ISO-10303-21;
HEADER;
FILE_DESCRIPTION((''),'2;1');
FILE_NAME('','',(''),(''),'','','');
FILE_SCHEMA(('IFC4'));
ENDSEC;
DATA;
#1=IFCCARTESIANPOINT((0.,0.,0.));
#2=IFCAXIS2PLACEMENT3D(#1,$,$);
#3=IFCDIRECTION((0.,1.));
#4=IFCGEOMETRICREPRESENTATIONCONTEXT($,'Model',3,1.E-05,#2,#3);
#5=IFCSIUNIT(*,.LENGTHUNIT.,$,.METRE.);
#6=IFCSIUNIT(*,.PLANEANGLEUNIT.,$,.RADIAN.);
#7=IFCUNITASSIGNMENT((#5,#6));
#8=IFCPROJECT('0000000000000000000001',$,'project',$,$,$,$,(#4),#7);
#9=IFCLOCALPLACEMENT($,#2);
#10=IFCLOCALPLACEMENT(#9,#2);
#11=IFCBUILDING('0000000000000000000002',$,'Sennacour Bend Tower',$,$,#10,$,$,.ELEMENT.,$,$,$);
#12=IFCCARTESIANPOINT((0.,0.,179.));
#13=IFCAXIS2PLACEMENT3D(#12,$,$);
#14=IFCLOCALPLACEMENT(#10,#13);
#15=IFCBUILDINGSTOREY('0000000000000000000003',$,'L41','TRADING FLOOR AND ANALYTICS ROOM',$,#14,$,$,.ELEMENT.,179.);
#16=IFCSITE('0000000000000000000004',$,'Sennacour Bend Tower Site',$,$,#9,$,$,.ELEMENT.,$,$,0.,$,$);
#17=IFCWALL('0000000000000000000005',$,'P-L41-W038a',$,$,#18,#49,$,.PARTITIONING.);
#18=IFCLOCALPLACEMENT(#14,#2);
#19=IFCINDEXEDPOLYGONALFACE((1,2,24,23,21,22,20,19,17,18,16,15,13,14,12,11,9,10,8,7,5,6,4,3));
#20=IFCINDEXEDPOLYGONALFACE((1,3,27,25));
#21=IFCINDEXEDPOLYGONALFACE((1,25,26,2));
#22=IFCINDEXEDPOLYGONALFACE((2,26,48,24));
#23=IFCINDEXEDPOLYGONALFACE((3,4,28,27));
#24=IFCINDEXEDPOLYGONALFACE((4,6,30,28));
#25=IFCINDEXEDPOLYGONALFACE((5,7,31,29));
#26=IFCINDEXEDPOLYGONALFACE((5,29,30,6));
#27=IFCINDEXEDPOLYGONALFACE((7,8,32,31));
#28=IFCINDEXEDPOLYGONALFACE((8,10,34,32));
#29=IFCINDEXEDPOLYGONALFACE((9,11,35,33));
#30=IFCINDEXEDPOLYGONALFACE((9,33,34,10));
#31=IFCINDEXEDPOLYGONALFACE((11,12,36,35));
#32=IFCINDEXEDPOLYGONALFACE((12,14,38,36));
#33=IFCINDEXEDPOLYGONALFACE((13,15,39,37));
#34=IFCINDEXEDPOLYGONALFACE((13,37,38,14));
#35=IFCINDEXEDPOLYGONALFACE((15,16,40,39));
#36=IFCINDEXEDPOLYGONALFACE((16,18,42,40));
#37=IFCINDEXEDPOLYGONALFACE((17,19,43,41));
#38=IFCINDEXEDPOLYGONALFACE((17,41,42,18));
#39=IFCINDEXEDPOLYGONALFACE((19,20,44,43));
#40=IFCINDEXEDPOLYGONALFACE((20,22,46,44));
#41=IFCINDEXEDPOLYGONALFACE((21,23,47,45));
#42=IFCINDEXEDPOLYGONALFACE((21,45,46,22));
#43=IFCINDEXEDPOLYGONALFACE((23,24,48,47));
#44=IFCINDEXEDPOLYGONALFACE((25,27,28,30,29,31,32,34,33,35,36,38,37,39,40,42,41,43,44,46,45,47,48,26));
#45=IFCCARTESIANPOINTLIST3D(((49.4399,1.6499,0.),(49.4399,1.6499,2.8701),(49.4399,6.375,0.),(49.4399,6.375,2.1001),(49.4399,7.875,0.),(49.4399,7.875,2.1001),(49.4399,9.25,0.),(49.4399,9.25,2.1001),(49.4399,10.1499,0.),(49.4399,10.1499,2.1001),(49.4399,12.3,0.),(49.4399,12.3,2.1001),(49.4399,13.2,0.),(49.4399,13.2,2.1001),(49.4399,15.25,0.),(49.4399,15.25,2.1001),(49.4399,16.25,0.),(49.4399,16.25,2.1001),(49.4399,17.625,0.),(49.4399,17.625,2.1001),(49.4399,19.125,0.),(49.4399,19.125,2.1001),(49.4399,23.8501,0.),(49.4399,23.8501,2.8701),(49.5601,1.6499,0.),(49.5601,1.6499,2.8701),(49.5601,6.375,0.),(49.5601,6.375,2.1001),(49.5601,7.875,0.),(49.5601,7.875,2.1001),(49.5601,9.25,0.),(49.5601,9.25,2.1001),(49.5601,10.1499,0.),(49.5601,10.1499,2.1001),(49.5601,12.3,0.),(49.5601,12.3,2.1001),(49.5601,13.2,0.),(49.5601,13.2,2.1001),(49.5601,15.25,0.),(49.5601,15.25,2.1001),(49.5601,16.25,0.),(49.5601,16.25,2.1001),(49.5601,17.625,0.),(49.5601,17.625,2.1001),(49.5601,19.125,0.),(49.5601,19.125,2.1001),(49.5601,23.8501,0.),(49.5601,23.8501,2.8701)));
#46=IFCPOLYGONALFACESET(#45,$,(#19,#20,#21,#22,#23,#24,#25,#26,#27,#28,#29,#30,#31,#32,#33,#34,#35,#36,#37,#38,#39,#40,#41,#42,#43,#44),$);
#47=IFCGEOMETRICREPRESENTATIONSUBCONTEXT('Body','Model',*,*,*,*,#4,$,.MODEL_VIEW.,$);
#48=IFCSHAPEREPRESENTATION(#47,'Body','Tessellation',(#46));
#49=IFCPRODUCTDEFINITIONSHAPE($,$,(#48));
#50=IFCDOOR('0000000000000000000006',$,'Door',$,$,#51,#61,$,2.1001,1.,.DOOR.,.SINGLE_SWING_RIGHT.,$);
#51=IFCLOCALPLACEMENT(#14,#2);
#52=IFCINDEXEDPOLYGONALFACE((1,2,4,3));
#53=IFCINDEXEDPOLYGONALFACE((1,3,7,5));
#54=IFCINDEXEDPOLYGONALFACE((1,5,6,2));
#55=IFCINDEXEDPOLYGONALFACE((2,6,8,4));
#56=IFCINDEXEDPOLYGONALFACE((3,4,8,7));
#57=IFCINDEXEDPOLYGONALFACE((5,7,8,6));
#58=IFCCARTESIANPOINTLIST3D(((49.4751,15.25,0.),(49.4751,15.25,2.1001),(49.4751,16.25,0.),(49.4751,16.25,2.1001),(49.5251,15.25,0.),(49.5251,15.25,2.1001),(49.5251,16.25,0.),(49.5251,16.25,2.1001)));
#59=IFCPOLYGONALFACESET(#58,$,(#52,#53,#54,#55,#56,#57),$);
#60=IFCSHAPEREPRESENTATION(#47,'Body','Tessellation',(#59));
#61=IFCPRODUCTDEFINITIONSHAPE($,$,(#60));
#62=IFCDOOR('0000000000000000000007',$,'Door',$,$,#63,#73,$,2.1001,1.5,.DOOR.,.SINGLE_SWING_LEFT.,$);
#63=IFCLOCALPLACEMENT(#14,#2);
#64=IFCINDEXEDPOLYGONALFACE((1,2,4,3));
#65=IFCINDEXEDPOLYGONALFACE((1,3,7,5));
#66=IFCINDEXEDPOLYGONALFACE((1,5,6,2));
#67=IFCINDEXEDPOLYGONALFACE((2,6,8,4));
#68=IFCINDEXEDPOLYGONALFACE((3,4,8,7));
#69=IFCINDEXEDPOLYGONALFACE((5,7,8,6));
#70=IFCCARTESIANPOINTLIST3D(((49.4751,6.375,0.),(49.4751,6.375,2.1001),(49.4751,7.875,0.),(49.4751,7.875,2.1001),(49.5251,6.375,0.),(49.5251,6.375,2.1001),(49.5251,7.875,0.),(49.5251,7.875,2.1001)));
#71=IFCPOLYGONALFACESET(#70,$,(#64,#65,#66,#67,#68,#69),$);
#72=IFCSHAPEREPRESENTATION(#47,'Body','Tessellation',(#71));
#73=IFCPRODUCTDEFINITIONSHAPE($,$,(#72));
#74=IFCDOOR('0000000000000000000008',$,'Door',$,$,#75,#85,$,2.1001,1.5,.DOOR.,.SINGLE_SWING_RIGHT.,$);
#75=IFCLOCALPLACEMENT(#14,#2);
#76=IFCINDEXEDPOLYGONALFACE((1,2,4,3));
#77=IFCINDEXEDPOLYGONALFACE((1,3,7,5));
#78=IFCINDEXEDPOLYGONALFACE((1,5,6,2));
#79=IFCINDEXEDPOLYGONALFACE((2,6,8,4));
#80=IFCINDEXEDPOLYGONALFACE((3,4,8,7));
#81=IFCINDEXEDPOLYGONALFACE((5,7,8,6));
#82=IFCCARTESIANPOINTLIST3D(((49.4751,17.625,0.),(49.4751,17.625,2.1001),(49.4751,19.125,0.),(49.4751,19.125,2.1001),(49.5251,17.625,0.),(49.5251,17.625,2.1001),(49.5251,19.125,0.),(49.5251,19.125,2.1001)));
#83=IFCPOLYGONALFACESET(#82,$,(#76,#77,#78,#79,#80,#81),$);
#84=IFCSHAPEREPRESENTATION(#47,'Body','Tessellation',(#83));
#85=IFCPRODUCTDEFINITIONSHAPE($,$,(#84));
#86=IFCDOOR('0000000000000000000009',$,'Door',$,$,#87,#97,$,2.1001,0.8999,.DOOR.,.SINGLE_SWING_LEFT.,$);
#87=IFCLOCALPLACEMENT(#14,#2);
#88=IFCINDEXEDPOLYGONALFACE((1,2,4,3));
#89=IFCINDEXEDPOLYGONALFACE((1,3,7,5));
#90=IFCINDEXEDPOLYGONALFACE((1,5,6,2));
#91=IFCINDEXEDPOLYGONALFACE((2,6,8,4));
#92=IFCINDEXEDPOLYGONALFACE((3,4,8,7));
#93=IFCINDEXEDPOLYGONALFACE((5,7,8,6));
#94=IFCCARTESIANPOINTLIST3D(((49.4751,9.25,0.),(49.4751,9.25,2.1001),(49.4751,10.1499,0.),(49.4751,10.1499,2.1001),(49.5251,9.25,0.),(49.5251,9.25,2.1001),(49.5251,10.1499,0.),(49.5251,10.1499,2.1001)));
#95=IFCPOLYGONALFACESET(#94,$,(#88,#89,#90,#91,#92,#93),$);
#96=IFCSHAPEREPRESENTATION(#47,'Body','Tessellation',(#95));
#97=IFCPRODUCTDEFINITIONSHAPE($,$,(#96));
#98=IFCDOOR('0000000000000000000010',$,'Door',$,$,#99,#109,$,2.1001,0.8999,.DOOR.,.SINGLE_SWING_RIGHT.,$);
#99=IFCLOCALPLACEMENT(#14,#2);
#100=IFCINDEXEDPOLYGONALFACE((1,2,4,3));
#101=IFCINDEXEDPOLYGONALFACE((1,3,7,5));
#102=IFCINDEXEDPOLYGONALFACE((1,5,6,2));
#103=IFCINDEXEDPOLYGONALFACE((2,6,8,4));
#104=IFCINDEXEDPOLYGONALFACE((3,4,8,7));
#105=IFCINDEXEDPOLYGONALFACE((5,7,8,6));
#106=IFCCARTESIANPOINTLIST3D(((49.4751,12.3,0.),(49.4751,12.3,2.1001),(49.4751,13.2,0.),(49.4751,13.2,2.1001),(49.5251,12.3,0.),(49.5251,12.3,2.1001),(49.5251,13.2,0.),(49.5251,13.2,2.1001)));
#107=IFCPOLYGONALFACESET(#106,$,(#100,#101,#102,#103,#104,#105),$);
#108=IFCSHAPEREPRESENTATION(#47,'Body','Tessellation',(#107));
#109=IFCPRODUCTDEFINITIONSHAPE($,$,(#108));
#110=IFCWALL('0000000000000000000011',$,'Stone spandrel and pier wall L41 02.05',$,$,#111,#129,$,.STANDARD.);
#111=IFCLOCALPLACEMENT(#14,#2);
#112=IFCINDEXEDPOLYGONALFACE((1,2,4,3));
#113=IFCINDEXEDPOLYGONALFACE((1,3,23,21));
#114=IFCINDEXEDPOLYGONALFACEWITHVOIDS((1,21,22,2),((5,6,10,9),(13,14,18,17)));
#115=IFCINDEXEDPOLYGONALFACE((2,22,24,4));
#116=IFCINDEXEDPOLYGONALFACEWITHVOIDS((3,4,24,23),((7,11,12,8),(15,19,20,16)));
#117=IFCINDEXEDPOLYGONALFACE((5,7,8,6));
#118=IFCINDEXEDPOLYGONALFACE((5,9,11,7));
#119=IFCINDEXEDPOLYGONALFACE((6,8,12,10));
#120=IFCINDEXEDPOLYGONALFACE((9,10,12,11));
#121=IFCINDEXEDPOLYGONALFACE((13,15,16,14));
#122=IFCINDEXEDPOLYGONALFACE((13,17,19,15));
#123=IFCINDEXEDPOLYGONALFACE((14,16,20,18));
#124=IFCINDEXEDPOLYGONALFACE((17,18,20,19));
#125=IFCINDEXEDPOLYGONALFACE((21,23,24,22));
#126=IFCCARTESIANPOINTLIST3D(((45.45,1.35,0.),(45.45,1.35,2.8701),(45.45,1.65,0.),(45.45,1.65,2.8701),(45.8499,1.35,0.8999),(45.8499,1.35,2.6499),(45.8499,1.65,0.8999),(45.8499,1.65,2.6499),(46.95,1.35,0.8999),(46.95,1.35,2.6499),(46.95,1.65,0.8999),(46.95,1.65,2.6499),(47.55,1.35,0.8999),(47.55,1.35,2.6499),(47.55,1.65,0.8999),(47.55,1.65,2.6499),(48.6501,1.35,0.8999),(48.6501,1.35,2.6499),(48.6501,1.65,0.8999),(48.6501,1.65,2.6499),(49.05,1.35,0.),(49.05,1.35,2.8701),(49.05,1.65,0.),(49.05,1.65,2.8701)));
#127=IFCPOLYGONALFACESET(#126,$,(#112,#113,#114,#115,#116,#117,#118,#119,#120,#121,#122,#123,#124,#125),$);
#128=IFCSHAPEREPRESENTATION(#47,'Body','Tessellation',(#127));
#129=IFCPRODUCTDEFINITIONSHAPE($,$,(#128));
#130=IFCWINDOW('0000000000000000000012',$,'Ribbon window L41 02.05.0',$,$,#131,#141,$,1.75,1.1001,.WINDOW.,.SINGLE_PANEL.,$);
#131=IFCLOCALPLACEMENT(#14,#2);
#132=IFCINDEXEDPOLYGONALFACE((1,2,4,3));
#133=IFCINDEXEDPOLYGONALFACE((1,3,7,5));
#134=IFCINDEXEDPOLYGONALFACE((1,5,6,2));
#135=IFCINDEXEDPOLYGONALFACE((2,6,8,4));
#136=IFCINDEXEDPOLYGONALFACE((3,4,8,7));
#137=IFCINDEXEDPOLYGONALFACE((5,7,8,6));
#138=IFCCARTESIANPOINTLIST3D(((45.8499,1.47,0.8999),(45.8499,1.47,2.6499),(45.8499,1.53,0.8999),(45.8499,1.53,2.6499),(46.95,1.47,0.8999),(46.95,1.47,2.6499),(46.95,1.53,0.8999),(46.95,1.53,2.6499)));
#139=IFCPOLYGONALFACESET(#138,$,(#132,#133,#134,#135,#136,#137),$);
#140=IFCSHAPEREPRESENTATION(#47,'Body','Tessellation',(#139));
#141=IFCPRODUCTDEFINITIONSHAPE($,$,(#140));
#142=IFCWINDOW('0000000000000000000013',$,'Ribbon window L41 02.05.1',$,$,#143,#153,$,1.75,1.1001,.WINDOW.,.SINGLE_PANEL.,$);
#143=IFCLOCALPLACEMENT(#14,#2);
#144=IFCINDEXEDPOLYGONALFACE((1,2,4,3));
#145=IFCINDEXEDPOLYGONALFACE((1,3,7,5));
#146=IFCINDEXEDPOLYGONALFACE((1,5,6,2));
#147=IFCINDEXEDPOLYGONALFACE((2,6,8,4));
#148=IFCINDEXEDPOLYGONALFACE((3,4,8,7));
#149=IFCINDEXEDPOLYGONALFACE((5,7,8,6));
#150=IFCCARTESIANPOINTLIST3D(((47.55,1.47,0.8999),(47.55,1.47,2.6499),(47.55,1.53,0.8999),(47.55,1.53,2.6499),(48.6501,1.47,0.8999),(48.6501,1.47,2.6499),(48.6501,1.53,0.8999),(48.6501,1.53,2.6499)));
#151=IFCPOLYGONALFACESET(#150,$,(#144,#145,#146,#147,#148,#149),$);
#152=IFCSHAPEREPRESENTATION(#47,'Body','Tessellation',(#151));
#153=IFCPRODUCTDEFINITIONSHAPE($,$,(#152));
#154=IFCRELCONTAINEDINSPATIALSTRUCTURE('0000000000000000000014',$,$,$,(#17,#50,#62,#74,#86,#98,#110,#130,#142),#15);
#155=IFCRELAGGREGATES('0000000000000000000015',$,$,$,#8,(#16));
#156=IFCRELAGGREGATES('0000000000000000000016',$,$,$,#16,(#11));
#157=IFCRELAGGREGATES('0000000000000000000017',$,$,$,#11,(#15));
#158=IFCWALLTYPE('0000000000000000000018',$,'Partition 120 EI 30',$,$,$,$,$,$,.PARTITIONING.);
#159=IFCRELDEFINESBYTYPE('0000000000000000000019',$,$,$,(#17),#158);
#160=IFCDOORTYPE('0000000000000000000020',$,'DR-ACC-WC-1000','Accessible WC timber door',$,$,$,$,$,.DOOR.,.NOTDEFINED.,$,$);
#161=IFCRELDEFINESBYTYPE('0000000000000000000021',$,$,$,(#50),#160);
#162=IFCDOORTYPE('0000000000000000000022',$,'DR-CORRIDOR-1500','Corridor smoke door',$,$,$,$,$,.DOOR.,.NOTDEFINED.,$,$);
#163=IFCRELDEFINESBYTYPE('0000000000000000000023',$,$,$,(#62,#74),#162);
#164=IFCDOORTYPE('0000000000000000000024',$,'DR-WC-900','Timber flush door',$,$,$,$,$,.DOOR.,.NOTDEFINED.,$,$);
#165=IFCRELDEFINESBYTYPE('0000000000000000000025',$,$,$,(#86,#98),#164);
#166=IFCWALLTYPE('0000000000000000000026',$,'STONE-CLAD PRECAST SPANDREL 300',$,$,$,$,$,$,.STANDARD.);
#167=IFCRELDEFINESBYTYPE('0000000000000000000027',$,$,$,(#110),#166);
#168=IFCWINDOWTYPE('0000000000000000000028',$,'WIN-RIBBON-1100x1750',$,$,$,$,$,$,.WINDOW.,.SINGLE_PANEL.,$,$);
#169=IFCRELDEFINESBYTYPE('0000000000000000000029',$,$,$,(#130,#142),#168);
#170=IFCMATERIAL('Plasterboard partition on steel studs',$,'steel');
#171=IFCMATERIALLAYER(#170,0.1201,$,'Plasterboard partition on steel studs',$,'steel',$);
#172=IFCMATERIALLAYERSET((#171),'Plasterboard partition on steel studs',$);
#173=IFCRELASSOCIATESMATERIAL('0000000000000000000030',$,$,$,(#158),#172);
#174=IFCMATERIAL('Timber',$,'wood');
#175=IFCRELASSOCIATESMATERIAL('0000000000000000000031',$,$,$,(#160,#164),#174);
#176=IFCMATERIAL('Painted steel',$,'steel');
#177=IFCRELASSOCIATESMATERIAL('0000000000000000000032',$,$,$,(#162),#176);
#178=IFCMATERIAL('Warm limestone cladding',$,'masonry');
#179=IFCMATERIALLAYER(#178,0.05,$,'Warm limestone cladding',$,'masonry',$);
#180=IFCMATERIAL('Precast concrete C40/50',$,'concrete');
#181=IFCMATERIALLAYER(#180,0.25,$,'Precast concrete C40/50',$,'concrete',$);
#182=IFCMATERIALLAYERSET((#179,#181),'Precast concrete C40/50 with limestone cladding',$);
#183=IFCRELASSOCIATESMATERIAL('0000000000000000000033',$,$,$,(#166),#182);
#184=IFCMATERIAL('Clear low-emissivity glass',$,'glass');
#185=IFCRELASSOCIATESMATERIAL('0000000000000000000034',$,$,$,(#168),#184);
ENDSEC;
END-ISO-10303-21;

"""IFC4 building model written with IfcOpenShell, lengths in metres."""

from ifc_helpers import new_model, si_unit, direction, frame, frame_2d, origin, place, context, subcontext, project, spatial, rectangle, extrude, material, layer, layer_set, type_object, element, fill, save


model = new_model("IFC4")

# Units and contexts
model_context = context("Model", 3, precision=1e-05, world=origin(), true_north=direction((0.0, 1.0)))
body_context = subcontext(model_context, "Body", "Model", "MODEL_VIEW")
ifc_project = project(units=[si_unit("LENGTHUNIT", "METRE"), si_unit("PLANEANGLEUNIT", "RADIAN")], contexts=[model_context])

# Site, building, storey
site_placement = place(None, origin())
site = spatial("IfcSite", under=ifc_project, at=site_placement, Name="Sennacour Bend Tower Site", CompositionType="ELEMENT", RefElevation=0.0)
building_placement = place(site_placement, origin())
building = spatial("IfcBuilding", under=site, at=building_placement, Name="Sennacour Bend Tower", CompositionType="ELEMENT")
storey_placement = place(building_placement, frame((0.0, 0.0, 179.0)))
storey = spatial("IfcBuildingStorey", under=building, at=storey_placement, Name="L41", Description="TRADING FLOOR AND ANALYTICS ROOM", CompositionType="ELEMENT", Elevation=179.0)

# Shared definitions
ifc_material_1 = material(Name="Plasterboard partition on steel studs", Category="steel")

# Wall, openings, doors
ifc_layer_1 = layer(ifc_material_1, 0.1201, Name="Plasterboard partition on steel studs", Category="steel")
ifc_layer_set_1 = layer_set([ifc_layer_1], Name="Plasterboard partition on steel studs")
wall_type_1 = type_object("IfcWallType", Name="Partition 120 EI 30", PredefinedType="PARTITIONING", material=ifc_layer_set_1)
wall_1_placement = place(storey_placement, frame((49.5, 1.6499, 0.0), z_axis=(0.0, 0.0, 1.0), x_axis=(0.0, 1.0, 0.0)))
wall_1 = element("IfcWall", 1, at=wall_1_placement, inside=storey, type_object=wall_type_1, Name="P-L41-W038a", PredefinedType="PARTITIONING", context=body_context, shape_type="SweptSolid", body=[
    extrude(rectangle(XDim=22.2002, YDim=0.1201, at=frame_2d((11.1001, 0.0))), origin(), (0.0, 0.0, 1.0), 2.8701),
])
opening_1_placement = place(wall_1_placement, frame((4.7251, 0.0, 0.0)))
opening_1 = element("IfcOpeningElement", 2, at=opening_1_placement, cuts=wall_1, PredefinedType="OPENING", context=body_context, shape_type="SweptSolid", body=[
    extrude(rectangle(XDim=1.5, YDim=2.1001, at=frame_2d((0.75, 1.05))), frame((0.0, 0.0701, 0.0), z_axis=(0.0, -1.0, 0.0), x_axis=(1.0, 0.0, 0.0)), (0.0, 0.0, 1.0), 0.1401),
])
opening_2_placement = place(wall_1_placement, frame((15.9751, 0.0, 0.0)))
opening_2 = element("IfcOpeningElement", 3, at=opening_2_placement, cuts=wall_1, PredefinedType="OPENING", context=body_context, shape_type="SweptSolid", body=[
    extrude(rectangle(XDim=1.5, YDim=2.1001, at=frame_2d((0.75, 1.05))), frame((0.0, 0.0701, 0.0), z_axis=(0.0, -1.0, 0.0), x_axis=(1.0, 0.0, 0.0)), (0.0, 0.0, 1.0), 0.1401),
])
opening_3_placement = place(wall_1_placement, frame((7.6001, 0.0, 0.0)))
opening_3 = element("IfcOpeningElement", 4, at=opening_3_placement, cuts=wall_1, PredefinedType="OPENING", context=body_context, shape_type="SweptSolid", body=[
    extrude(rectangle(XDim=0.8999, YDim=2.1001, at=frame_2d((0.45, 1.05))), frame((0.0, 0.0701, 0.0), z_axis=(0.0, -1.0, 0.0), x_axis=(1.0, 0.0, 0.0)), (0.0, 0.0, 1.0), 0.1401),
])
opening_4_placement = place(wall_1_placement, frame((10.6501, 0.0, 0.0)))
opening_4 = element("IfcOpeningElement", 5, at=opening_4_placement, cuts=wall_1, PredefinedType="OPENING", context=body_context, shape_type="SweptSolid", body=[
    extrude(rectangle(XDim=0.8999, YDim=2.1001, at=frame_2d((0.45, 1.05))), frame((0.0, 0.0701, 0.0), z_axis=(0.0, -1.0, 0.0), x_axis=(1.0, 0.0, 0.0)), (0.0, 0.0, 1.0), 0.1401),
])
opening_5_placement = place(wall_1_placement, frame((13.6001, 0.0, 0.0)))
opening_5 = element("IfcOpeningElement", 6, at=opening_5_placement, cuts=wall_1, PredefinedType="OPENING", context=body_context, shape_type="SweptSolid", body=[
    extrude(rectangle(XDim=1.0, YDim=2.1001, at=frame_2d((0.5, 1.05))), frame((0.0, 0.0701, 0.0), z_axis=(0.0, -1.0, 0.0), x_axis=(1.0, 0.0, 0.0)), (0.0, 0.0, 1.0), 0.1401),
])
ifc_material_2 = material(Name="Timber", Category="wood")
door_type_1 = type_object("IfcDoorType", Name="DR-ACC-WC-1000", Description="Accessible WC timber door", OperationType="NOTDEFINED", PredefinedType="DOOR", material=ifc_material_2)
door_1_placement = place(opening_5_placement, origin())
door_1 = element("IfcDoor", 7, at=door_1_placement, inside=storey, type_object=door_type_1, Name="Door", OperationType="SINGLE_SWING_RIGHT", OverallHeight=2.1001, OverallWidth=1.0, PredefinedType="DOOR", context=body_context, shape_type="SweptSolid", body=[
    extrude(rectangle(XDim=1.0, YDim=2.1001, at=frame_2d((0.5, 1.05))), frame((0.0, 0.0249, 0.0), z_axis=(0.0, -1.0, 0.0), x_axis=(1.0, 0.0, 0.0)), (0.0, 0.0, 1.0), 0.05),
])
fill(opening_5, door_1)
ifc_material_3 = material(Name="Painted steel", Category="steel")
door_type_2 = type_object("IfcDoorType", Name="DR-CORRIDOR-1500", Description="Corridor smoke door", OperationType="NOTDEFINED", PredefinedType="DOOR", material=ifc_material_3)
door_2_placement = place(opening_1_placement, origin())
door_2 = element("IfcDoor", 8, at=door_2_placement, inside=storey, type_object=door_type_2, Name="Door", OperationType="SINGLE_SWING_LEFT", OverallHeight=2.1001, OverallWidth=1.5, PredefinedType="DOOR", context=body_context, shape_type="SweptSolid", body=[
    extrude(rectangle(XDim=1.5, YDim=2.1001, at=frame_2d((0.75, 1.05))), frame((0.0, 0.0249, 0.0), z_axis=(0.0, -1.0, 0.0), x_axis=(1.0, 0.0, 0.0)), (0.0, 0.0, 1.0), 0.05),
])
fill(opening_1, door_2)
door_3_placement = place(opening_2_placement, origin())
door_3 = element("IfcDoor", 9, at=door_3_placement, inside=storey, type_object=door_type_2, Name="Door", OperationType="SINGLE_SWING_RIGHT", OverallHeight=2.1001, OverallWidth=1.5, PredefinedType="DOOR", context=body_context, shape_type="SweptSolid", body=[
    extrude(rectangle(XDim=1.5, YDim=2.1001, at=frame_2d((0.75, 1.05))), frame((0.0, 0.0249, 0.0), z_axis=(0.0, -1.0, 0.0), x_axis=(1.0, 0.0, 0.0)), (0.0, 0.0, 1.0), 0.05),
])
fill(opening_2, door_3)
door_type_3 = type_object("IfcDoorType", Name="DR-WC-900", Description="Timber flush door", OperationType="NOTDEFINED", PredefinedType="DOOR", material=ifc_material_2)
door_4_placement = place(opening_3_placement, origin())
door_4 = element("IfcDoor", 10, at=door_4_placement, inside=storey, type_object=door_type_3, Name="Door", OperationType="SINGLE_SWING_LEFT", OverallHeight=2.1001, OverallWidth=0.8999, PredefinedType="DOOR", context=body_context, shape_type="SweptSolid", body=[
    extrude(rectangle(XDim=0.8999, YDim=2.1001, at=frame_2d((0.45, 1.05))), frame((0.0, 0.0249, 0.0), z_axis=(0.0, -1.0, 0.0), x_axis=(1.0, 0.0, 0.0)), (0.0, 0.0, 1.0), 0.05),
])
fill(opening_3, door_4)
door_5_placement = place(opening_4_placement, origin())
door_5 = element("IfcDoor", 11, at=door_5_placement, inside=storey, type_object=door_type_3, Name="Door", OperationType="SINGLE_SWING_RIGHT", OverallHeight=2.1001, OverallWidth=0.8999, PredefinedType="DOOR", context=body_context, shape_type="SweptSolid", body=[
    extrude(rectangle(XDim=0.8999, YDim=2.1001, at=frame_2d((0.45, 1.05))), frame((0.0, 0.0249, 0.0), z_axis=(0.0, -1.0, 0.0), x_axis=(1.0, 0.0, 0.0)), (0.0, 0.0, 1.0), 0.05),
])
fill(opening_4, door_5)

# Wall, openings, windows
ifc_material_4 = material(Name="Warm limestone cladding", Category="masonry")
ifc_layer_2 = layer(ifc_material_4, 0.05, Name="Warm limestone cladding", Category="masonry")
ifc_material_5 = material(Name="Precast concrete C40/50", Category="concrete")
ifc_layer_3 = layer(ifc_material_5, 0.25, Name="Precast concrete C40/50", Category="concrete")
ifc_layer_set_2 = layer_set([ifc_layer_2, ifc_layer_3], Name="Precast concrete C40/50 with limestone cladding")
wall_type_2 = type_object("IfcWallType", Name="STONE-CLAD PRECAST SPANDREL 300", PredefinedType="STANDARD", material=ifc_layer_set_2)
wall_2_placement = place(storey_placement, frame((45.45, 1.5, 0.0), z_axis=(0.0, 0.0, 1.0), x_axis=(1.0, 0.0, 0.0)))
wall_2 = element("IfcWall", 12, at=wall_2_placement, inside=storey, type_object=wall_type_2, Name="Stone spandrel and pier wall L41 02.05", PredefinedType="STANDARD", context=body_context, shape_type="SweptSolid", body=[
    extrude(rectangle(XDim=3.6001, YDim=0.3, at=frame_2d((1.8, 0.0))), origin(), (0.0, 0.0, 1.0), 2.8701),
])
opening_6_placement = place(wall_2_placement, frame((0.3999, 0.0, 0.8999)))
opening_6 = element("IfcOpeningElement", 13, at=opening_6_placement, cuts=wall_2, PredefinedType="OPENING", context=body_context, shape_type="SweptSolid", body=[
    extrude(rectangle(XDim=1.1001, YDim=1.75, at=frame_2d((0.55, 0.875))), frame((0.0, 0.1602, 0.0), z_axis=(0.0, -1.0, 0.0), x_axis=(1.0, 0.0, 0.0)), (0.0, 0.0, 1.0), 0.3201),
])
opening_7_placement = place(wall_2_placement, frame((2.1001, 0.0, 0.8999)))
opening_7 = element("IfcOpeningElement", 14, at=opening_7_placement, cuts=wall_2, PredefinedType="OPENING", context=body_context, shape_type="SweptSolid", body=[
    extrude(rectangle(XDim=1.1001, YDim=1.75, at=frame_2d((0.55, 0.875))), frame((0.0, 0.1602, 0.0), z_axis=(0.0, -1.0, 0.0), x_axis=(1.0, 0.0, 0.0)), (0.0, 0.0, 1.0), 0.3201),
])
ifc_material_6 = material(Name="Clear low-emissivity glass", Category="glass")
window_type = type_object("IfcWindowType", Name="WIN-RIBBON-1100x1750", PartitioningType="SINGLE_PANEL", PredefinedType="WINDOW", material=ifc_material_6)
window_1_placement = place(opening_6_placement, origin())
window_1 = element("IfcWindow", 15, at=window_1_placement, inside=storey, type_object=window_type, Name="Ribbon window L41 02.05.0", OverallHeight=1.75, OverallWidth=1.1001, PartitioningType="SINGLE_PANEL", PredefinedType="WINDOW", context=body_context, shape_type="SweptSolid", body=[
    extrude(rectangle(XDim=1.1001, YDim=1.75, at=frame_2d((0.55, 0.875))), frame((0.0, 0.03, 0.0), z_axis=(0.0, -1.0, 0.0), x_axis=(1.0, 0.0, 0.0)), (0.0, 0.0, 1.0), 0.0601),
])
fill(opening_6, window_1)
window_2_placement = place(opening_7_placement, origin())
window_2 = element("IfcWindow", 16, at=window_2_placement, inside=storey, type_object=window_type, Name="Ribbon window L41 02.05.1", OverallHeight=1.75, OverallWidth=1.1001, PartitioningType="SINGLE_PANEL", PredefinedType="WINDOW", context=body_context, shape_type="SweptSolid", body=[
    extrude(rectangle(XDim=1.1001, YDim=1.75, at=frame_2d((0.55, 0.875))), frame((0.0, 0.03, 0.0), z_axis=(0.0, -1.0, 0.0), x_axis=(1.0, 0.0, 0.0)), (0.0, 0.0, 1.0), 0.0601),
])
fill(opening_7, window_2)

save(model, "model.ifc")
